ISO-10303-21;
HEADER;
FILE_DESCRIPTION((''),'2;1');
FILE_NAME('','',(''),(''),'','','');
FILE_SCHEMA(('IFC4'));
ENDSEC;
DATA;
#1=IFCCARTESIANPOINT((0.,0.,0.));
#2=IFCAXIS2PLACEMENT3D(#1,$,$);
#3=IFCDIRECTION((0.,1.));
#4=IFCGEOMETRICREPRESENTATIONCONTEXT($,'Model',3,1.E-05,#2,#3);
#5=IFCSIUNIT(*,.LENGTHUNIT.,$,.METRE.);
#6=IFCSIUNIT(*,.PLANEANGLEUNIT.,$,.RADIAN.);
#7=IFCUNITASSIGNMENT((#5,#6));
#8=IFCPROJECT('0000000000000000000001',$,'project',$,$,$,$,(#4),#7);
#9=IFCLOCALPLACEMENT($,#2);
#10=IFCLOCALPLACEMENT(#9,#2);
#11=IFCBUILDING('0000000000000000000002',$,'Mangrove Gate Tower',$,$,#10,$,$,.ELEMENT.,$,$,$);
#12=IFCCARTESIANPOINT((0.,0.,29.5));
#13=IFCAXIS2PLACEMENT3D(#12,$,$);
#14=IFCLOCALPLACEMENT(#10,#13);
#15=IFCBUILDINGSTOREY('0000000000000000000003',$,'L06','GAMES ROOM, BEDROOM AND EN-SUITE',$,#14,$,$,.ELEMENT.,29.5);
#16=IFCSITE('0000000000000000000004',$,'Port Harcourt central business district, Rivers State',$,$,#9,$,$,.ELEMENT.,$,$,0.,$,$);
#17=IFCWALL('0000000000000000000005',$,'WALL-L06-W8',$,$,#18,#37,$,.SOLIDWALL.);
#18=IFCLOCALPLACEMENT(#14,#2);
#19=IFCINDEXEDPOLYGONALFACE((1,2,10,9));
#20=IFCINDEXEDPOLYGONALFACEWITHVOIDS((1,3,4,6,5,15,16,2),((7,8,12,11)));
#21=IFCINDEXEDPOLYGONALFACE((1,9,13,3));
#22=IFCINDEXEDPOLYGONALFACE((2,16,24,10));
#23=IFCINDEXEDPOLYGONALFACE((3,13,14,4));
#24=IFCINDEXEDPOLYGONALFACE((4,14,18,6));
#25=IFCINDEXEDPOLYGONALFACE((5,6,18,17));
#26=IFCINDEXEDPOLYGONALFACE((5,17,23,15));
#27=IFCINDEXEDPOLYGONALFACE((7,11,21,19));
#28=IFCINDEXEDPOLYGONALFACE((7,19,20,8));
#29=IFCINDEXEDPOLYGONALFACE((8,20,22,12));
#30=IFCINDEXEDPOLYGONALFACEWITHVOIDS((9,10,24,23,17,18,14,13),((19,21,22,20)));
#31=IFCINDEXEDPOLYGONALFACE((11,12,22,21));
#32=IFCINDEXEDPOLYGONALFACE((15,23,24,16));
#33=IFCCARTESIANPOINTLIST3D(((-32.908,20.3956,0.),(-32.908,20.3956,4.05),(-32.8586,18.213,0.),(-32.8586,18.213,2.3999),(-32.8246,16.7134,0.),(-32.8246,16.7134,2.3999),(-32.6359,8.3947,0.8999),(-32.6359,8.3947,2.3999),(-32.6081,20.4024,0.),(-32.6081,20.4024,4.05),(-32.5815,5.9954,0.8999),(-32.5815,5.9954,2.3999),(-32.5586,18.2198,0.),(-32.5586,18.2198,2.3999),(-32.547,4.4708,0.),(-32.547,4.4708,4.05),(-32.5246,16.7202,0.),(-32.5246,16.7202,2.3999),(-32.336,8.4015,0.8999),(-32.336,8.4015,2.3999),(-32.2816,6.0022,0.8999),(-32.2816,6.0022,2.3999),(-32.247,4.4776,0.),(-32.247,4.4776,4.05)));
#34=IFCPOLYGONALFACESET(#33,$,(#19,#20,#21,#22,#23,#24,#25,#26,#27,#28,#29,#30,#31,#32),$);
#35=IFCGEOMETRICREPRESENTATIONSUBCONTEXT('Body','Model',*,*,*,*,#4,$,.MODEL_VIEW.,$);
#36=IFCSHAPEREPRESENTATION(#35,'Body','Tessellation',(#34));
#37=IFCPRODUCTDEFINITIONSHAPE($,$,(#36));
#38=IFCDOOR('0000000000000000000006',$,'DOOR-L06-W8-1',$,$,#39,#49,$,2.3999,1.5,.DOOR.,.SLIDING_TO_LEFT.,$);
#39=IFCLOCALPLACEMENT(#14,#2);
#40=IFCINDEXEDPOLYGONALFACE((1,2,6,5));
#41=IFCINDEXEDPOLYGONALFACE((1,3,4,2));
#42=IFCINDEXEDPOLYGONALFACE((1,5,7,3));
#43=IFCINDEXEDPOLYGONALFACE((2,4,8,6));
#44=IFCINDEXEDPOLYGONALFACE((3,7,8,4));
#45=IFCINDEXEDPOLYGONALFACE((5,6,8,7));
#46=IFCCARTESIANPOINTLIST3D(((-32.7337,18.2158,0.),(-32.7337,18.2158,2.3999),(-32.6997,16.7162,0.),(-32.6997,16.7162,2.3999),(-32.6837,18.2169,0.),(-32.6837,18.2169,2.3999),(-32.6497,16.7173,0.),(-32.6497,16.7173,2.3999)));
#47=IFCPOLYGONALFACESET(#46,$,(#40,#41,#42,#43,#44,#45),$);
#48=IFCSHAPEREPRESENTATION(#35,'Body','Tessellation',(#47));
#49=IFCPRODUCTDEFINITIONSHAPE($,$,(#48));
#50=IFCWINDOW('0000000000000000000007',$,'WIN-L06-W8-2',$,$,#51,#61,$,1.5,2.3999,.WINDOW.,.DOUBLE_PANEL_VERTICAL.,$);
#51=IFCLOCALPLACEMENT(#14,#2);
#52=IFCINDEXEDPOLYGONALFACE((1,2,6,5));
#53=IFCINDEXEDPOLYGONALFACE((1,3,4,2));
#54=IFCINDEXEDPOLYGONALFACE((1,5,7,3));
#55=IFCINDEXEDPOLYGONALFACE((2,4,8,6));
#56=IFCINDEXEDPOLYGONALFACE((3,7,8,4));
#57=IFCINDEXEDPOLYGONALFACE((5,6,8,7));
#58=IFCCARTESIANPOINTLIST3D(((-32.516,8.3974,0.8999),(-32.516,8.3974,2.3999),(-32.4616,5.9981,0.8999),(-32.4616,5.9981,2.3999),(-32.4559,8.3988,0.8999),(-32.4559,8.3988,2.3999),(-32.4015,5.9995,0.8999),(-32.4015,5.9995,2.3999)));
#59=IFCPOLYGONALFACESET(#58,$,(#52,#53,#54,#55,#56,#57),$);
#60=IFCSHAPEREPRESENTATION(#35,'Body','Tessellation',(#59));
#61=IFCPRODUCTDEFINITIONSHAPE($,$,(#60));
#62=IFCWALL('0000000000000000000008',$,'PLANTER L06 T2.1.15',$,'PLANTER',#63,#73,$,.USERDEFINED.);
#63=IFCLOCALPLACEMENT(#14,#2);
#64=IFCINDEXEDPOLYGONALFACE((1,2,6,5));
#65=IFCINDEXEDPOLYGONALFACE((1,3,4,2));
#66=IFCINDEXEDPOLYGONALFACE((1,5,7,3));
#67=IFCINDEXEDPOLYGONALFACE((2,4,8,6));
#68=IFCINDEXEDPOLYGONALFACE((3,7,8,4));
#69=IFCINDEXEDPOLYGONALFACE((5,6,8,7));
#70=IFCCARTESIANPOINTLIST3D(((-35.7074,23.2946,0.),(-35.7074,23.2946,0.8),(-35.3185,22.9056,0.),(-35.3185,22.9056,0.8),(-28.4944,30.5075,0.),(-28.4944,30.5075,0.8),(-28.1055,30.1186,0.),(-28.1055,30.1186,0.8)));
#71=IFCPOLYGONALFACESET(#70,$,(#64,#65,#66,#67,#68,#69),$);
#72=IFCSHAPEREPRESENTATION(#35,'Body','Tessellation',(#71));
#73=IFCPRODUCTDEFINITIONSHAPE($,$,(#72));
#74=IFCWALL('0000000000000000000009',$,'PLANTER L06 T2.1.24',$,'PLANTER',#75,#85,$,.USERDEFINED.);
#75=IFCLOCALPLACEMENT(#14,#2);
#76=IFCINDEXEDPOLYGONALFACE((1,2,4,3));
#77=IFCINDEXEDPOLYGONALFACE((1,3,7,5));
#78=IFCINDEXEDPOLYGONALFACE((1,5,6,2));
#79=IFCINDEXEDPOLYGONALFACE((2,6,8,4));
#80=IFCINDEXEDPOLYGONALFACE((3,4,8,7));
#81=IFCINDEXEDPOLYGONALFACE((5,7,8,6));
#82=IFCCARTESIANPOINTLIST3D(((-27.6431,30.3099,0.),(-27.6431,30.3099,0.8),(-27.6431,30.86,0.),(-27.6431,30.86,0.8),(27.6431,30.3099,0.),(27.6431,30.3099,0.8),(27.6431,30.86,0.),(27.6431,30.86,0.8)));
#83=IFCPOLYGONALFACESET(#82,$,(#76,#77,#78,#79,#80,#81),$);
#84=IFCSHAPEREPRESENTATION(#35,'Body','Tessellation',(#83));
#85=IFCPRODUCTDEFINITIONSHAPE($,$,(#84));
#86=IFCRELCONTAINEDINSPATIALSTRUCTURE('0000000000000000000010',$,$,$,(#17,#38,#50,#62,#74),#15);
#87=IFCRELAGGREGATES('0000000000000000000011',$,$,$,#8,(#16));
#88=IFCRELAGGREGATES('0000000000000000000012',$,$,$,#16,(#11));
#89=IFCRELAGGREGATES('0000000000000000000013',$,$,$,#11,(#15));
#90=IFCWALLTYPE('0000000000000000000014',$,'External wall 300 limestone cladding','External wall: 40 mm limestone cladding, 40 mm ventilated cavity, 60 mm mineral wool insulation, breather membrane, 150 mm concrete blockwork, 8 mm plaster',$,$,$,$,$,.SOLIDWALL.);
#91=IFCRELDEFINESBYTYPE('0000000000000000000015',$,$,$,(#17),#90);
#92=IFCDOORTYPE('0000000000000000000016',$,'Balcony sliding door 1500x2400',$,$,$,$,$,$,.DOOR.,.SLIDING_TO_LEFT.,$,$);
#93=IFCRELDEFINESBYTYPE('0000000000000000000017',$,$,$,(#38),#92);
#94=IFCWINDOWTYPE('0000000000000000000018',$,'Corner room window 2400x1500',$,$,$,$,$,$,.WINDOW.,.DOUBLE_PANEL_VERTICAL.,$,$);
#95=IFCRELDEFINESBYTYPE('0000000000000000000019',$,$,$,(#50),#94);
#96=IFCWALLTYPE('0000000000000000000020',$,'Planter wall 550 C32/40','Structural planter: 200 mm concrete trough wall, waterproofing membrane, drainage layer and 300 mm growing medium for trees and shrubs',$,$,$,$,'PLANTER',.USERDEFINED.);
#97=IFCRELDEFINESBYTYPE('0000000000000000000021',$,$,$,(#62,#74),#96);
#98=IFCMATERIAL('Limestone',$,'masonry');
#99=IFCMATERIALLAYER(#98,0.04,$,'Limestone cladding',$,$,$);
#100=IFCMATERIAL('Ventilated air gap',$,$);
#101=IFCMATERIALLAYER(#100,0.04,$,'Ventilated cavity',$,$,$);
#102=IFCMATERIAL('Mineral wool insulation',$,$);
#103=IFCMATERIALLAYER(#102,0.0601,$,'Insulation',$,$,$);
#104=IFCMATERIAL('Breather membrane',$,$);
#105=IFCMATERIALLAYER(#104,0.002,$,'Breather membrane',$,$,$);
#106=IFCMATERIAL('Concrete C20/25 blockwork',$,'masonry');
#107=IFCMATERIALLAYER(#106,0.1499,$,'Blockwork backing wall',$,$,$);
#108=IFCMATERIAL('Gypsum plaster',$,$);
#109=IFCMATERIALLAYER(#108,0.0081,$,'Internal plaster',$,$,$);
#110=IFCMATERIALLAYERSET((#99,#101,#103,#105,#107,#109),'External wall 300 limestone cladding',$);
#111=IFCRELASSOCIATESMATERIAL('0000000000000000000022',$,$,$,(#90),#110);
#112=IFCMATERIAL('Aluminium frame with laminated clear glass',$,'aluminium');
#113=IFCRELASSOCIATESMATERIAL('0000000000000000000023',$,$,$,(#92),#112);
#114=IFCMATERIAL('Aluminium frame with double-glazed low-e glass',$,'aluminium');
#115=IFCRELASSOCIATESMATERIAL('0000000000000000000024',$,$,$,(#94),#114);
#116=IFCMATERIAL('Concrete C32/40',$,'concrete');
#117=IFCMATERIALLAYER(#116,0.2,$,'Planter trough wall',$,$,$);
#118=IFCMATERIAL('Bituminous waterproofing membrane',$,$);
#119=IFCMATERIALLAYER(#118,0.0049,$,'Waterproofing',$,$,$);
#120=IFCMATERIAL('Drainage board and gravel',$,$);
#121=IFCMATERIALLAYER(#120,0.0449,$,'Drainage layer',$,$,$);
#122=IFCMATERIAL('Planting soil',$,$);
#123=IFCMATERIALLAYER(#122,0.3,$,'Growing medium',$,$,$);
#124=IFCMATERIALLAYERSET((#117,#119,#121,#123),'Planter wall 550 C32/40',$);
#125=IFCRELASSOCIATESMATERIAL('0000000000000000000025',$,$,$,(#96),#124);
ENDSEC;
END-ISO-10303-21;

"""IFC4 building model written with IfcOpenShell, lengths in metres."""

from ifc_helpers import new_model, si_unit, direction, frame, frame_2d, origin, place, context, subcontext, project, spatial, rectangle, extrude, material, layer, layer_set, type_object, element, fill, save


model = new_model("IFC4")

# Units and contexts
model_context = context("Model", 3, precision=1e-05, world=origin(), true_north=direction((0.0, 1.0)))
body_context = subcontext(model_context, "Body", "Model", "MODEL_VIEW")
ifc_project = project(units=[si_unit("LENGTHUNIT", "METRE"), si_unit("PLANEANGLEUNIT", "RADIAN")], contexts=[model_context])

# Site, building, storey
site_placement = place(None, origin())
site = spatial("IfcSite", under=ifc_project, at=site_placement, Name="Port Harcourt central business district, Rivers State", CompositionType="ELEMENT", RefElevation=0.0)
building_placement = place(site_placement, origin())
building = spatial("IfcBuilding", under=site, at=building_placement, Name="Mangrove Gate Tower", CompositionType="ELEMENT")
storey_placement = place(building_placement, frame((0.0, 0.0, 29.5)))
storey = spatial("IfcBuildingStorey", under=building, at=storey_placement, Name="L06", Description="GAMES ROOM, BEDROOM AND EN-SUITE", CompositionType="ELEMENT", Elevation=29.5)

# Shared definitions
ifc_material_1 = material(Name="Limestone", Category="masonry")
ifc_layer_1 = layer(ifc_material_1, 0.04, Name="Limestone cladding")
ifc_material_2 = material(Name="Ventilated air gap")
ifc_layer_2 = layer(ifc_material_2, 0.04, Name="Ventilated cavity")
ifc_material_3 = material(Name="Mineral wool insulation")
ifc_layer_3 = layer(ifc_material_3, 0.0601, Name="Insulation")
ifc_material_4 = material(Name="Breather membrane")
ifc_layer_4 = layer(ifc_material_4, 0.002, Name="Breather membrane")
ifc_material_5 = material(Name="Concrete C20/25 blockwork", Category="masonry")
ifc_layer_5 = layer(ifc_material_5, 0.1499, Name="Blockwork backing wall")
ifc_material_6 = material(Name="Gypsum plaster")
ifc_layer_6 = layer(ifc_material_6, 0.0081, Name="Internal plaster")
ifc_layer_set_1 = layer_set([ifc_layer_1, ifc_layer_2, ifc_layer_3, ifc_layer_4, ifc_layer_5, ifc_layer_6], Name="External wall 300 limestone cladding")
wall_type_1 = type_object("IfcWallType", Name="External wall 300 limestone cladding", Description="External wall: 40 mm limestone cladding, 40 mm ventilated cavity, 60 mm mineral wool insulation, breather membrane, 150 mm concrete blockwork, 8 mm plaster", PredefinedType="SOLIDWALL", material=ifc_layer_set_1)

# Wall, openings, door, window
wall_1_placement = place(storey_placement, frame((-32.7581, 20.3989, 0.0), z_axis=(0.0, 0.0, 1.0), x_axis=(0.022668, -0.999743, 0.0)))
wall_1 = element("IfcWall", 1, at=wall_1_placement, inside=storey, type_object=wall_type_1, Name="WALL-L06-W8", PredefinedType="SOLIDWALL", context=body_context, shape_type="SweptSolid", body=[
    extrude(rectangle(XDim=15.929, YDim=0.3, at=frame_2d((7.9644, 0.0))), origin(), (0.0, 0.0, 1.0), 4.05),
])
opening_1_placement = place(wall_1_placement, frame((2.1831, 0.0, 0.0)))
opening_1 = element("IfcOpeningElement", 2, at=opening_1_placement, cuts=wall_1, PredefinedType="OPENING", context=body_context, shape_type="SweptSolid", body=[
    extrude(rectangle(XDim=1.5, YDim=2.3999, at=frame_2d((0.75, 1.2))), frame((0.0, 0.1599, 0.0), z_axis=(0.0, -1.0, 0.0), x_axis=(1.0, 0.0, 0.0)), (0.0, 0.0, 1.0), 0.3201),
])
opening_2_placement = place(wall_1_placement, frame((12.0039, 0.0, 0.8999)))
opening_2 = element("IfcOpeningElement", 3, at=opening_2_placement, cuts=wall_1, PredefinedType="OPENING", context=body_context, shape_type="SweptSolid", body=[
    extrude(rectangle(XDim=2.3999, YDim=1.5, at=frame_2d((1.2, 0.75))), frame((0.0, 0.1599, 0.0), z_axis=(0.0, -1.0, 0.0), x_axis=(1.0, 0.0, 0.0)), (0.0, 0.0, 1.0), 0.3201),
])
ifc_material_7 = material(Name="Aluminium frame with laminated clear glass", Category="aluminium")
door_type = type_object("IfcDoorType", Name="Balcony sliding door 1500x2400", OperationType="SLIDING_TO_LEFT", PredefinedType="DOOR", material=ifc_material_7)
door_placement = place(opening_1_placement, origin())
door = element("IfcDoor", 4, at=door_placement, inside=storey, type_object=door_type, Name="DOOR-L06-W8-1", OperationType="SLIDING_TO_LEFT", OverallHeight=2.3999, OverallWidth=1.5, PredefinedType="DOOR", context=body_context, shape_type="SweptSolid", body=[
    extrude(rectangle(XDim=1.5, YDim=2.3999, at=frame_2d((0.75, 1.2))), frame((0.0, 0.0249, 0.0), z_axis=(0.0, -1.0, 0.0), x_axis=(1.0, 0.0, 0.0)), (0.0, 0.0, 1.0), 0.05),
])
fill(opening_1, door)
ifc_material_8 = material(Name="Aluminium frame with double-glazed low-e glass", Category="aluminium")
window_type_1 = type_object("IfcWindowType", Name="Corner room window 2400x1500", PartitioningType="DOUBLE_PANEL_VERTICAL", PredefinedType="WINDOW", material=ifc_material_8)
window_1_placement = place(opening_2_placement, origin())
window_1 = element("IfcWindow", 5, at=window_1_placement, inside=storey, type_object=window_type_1, Name="WIN-L06-W8-2", OverallHeight=1.5, OverallWidth=2.3999, PartitioningType="DOUBLE_PANEL_VERTICAL", PredefinedType="WINDOW", context=body_context, shape_type="SweptSolid", body=[
    extrude(rectangle(XDim=2.3999, YDim=1.5, at=frame_2d((1.2, 0.75))), frame((0.0, 0.03, 0.0), z_axis=(0.0, -1.0, 0.0), x_axis=(1.0, 0.0, 0.0)), (0.0, 0.0, 1.0), 0.0601),
])
fill(opening_2, window_1)

# Walls
ifc_material_9 = material(Name="Concrete C32/40", Category="concrete")
ifc_layer_7 = layer(ifc_material_9, 0.2, Name="Planter trough wall")
ifc_material_10 = material(Name="Bituminous waterproofing membrane")
ifc_layer_8 = layer(ifc_material_10, 0.0049, Name="Waterproofing")
ifc_material_11 = material(Name="Drainage board and gravel")
ifc_layer_9 = layer(ifc_material_11, 0.0449, Name="Drainage layer")
ifc_material_12 = material(Name="Planting soil")
ifc_layer_10 = layer(ifc_material_12, 0.3, Name="Growing medium")
ifc_layer_set_2 = layer_set([ifc_layer_7, ifc_layer_8, ifc_layer_9, ifc_layer_10], Name="Planter wall 550 C32/40")
wall_type_2 = type_object("IfcWallType", Name="Planter wall 550 C32/40", Description="Structural planter: 200 mm concrete trough wall, waterproofing membrane, drainage layer and 300 mm growing medium for trees and shrubs", ElementType="PLANTER", PredefinedType="USERDEFINED", material=ifc_layer_set_2)
wall_2_placement = place(storey_placement, frame((-35.5129, 23.1001, 0.0), z_axis=(0.0, 0.0, 1.0), x_axis=(0.707107, 0.707107, 0.0)))
element("IfcWall", 6, at=wall_2_placement, inside=storey, type_object=wall_type_2, Name="PLANTER L06 T2.1.15", ObjectType="PLANTER", PredefinedType="USERDEFINED", context=body_context, shape_type="SweptSolid", body=[
    extrude(rectangle(XDim=10.2007, YDim=0.55, at=frame_2d((5.1003, 0.0))), origin(), (0.0, 0.0, 1.0), 0.8),
])
wall_3_placement = place(storey_placement, frame((-27.6431, 30.585, 0.0), z_axis=(0.0, 0.0, 1.0), x_axis=(1.0, 0.0, 0.0)))
element("IfcWall", 7, at=wall_3_placement, inside=storey, type_object=wall_type_2, Name="PLANTER L06 T2.1.24", ObjectType="PLANTER", PredefinedType="USERDEFINED", context=body_context, shape_type="SweptSolid", body=[
    extrude(rectangle(XDim=55.2861, YDim=0.55, at=frame_2d((27.6431, 0.0))), origin(), (0.0, 0.0, 1.0), 0.8),
])

save(model, "model.ifc")
